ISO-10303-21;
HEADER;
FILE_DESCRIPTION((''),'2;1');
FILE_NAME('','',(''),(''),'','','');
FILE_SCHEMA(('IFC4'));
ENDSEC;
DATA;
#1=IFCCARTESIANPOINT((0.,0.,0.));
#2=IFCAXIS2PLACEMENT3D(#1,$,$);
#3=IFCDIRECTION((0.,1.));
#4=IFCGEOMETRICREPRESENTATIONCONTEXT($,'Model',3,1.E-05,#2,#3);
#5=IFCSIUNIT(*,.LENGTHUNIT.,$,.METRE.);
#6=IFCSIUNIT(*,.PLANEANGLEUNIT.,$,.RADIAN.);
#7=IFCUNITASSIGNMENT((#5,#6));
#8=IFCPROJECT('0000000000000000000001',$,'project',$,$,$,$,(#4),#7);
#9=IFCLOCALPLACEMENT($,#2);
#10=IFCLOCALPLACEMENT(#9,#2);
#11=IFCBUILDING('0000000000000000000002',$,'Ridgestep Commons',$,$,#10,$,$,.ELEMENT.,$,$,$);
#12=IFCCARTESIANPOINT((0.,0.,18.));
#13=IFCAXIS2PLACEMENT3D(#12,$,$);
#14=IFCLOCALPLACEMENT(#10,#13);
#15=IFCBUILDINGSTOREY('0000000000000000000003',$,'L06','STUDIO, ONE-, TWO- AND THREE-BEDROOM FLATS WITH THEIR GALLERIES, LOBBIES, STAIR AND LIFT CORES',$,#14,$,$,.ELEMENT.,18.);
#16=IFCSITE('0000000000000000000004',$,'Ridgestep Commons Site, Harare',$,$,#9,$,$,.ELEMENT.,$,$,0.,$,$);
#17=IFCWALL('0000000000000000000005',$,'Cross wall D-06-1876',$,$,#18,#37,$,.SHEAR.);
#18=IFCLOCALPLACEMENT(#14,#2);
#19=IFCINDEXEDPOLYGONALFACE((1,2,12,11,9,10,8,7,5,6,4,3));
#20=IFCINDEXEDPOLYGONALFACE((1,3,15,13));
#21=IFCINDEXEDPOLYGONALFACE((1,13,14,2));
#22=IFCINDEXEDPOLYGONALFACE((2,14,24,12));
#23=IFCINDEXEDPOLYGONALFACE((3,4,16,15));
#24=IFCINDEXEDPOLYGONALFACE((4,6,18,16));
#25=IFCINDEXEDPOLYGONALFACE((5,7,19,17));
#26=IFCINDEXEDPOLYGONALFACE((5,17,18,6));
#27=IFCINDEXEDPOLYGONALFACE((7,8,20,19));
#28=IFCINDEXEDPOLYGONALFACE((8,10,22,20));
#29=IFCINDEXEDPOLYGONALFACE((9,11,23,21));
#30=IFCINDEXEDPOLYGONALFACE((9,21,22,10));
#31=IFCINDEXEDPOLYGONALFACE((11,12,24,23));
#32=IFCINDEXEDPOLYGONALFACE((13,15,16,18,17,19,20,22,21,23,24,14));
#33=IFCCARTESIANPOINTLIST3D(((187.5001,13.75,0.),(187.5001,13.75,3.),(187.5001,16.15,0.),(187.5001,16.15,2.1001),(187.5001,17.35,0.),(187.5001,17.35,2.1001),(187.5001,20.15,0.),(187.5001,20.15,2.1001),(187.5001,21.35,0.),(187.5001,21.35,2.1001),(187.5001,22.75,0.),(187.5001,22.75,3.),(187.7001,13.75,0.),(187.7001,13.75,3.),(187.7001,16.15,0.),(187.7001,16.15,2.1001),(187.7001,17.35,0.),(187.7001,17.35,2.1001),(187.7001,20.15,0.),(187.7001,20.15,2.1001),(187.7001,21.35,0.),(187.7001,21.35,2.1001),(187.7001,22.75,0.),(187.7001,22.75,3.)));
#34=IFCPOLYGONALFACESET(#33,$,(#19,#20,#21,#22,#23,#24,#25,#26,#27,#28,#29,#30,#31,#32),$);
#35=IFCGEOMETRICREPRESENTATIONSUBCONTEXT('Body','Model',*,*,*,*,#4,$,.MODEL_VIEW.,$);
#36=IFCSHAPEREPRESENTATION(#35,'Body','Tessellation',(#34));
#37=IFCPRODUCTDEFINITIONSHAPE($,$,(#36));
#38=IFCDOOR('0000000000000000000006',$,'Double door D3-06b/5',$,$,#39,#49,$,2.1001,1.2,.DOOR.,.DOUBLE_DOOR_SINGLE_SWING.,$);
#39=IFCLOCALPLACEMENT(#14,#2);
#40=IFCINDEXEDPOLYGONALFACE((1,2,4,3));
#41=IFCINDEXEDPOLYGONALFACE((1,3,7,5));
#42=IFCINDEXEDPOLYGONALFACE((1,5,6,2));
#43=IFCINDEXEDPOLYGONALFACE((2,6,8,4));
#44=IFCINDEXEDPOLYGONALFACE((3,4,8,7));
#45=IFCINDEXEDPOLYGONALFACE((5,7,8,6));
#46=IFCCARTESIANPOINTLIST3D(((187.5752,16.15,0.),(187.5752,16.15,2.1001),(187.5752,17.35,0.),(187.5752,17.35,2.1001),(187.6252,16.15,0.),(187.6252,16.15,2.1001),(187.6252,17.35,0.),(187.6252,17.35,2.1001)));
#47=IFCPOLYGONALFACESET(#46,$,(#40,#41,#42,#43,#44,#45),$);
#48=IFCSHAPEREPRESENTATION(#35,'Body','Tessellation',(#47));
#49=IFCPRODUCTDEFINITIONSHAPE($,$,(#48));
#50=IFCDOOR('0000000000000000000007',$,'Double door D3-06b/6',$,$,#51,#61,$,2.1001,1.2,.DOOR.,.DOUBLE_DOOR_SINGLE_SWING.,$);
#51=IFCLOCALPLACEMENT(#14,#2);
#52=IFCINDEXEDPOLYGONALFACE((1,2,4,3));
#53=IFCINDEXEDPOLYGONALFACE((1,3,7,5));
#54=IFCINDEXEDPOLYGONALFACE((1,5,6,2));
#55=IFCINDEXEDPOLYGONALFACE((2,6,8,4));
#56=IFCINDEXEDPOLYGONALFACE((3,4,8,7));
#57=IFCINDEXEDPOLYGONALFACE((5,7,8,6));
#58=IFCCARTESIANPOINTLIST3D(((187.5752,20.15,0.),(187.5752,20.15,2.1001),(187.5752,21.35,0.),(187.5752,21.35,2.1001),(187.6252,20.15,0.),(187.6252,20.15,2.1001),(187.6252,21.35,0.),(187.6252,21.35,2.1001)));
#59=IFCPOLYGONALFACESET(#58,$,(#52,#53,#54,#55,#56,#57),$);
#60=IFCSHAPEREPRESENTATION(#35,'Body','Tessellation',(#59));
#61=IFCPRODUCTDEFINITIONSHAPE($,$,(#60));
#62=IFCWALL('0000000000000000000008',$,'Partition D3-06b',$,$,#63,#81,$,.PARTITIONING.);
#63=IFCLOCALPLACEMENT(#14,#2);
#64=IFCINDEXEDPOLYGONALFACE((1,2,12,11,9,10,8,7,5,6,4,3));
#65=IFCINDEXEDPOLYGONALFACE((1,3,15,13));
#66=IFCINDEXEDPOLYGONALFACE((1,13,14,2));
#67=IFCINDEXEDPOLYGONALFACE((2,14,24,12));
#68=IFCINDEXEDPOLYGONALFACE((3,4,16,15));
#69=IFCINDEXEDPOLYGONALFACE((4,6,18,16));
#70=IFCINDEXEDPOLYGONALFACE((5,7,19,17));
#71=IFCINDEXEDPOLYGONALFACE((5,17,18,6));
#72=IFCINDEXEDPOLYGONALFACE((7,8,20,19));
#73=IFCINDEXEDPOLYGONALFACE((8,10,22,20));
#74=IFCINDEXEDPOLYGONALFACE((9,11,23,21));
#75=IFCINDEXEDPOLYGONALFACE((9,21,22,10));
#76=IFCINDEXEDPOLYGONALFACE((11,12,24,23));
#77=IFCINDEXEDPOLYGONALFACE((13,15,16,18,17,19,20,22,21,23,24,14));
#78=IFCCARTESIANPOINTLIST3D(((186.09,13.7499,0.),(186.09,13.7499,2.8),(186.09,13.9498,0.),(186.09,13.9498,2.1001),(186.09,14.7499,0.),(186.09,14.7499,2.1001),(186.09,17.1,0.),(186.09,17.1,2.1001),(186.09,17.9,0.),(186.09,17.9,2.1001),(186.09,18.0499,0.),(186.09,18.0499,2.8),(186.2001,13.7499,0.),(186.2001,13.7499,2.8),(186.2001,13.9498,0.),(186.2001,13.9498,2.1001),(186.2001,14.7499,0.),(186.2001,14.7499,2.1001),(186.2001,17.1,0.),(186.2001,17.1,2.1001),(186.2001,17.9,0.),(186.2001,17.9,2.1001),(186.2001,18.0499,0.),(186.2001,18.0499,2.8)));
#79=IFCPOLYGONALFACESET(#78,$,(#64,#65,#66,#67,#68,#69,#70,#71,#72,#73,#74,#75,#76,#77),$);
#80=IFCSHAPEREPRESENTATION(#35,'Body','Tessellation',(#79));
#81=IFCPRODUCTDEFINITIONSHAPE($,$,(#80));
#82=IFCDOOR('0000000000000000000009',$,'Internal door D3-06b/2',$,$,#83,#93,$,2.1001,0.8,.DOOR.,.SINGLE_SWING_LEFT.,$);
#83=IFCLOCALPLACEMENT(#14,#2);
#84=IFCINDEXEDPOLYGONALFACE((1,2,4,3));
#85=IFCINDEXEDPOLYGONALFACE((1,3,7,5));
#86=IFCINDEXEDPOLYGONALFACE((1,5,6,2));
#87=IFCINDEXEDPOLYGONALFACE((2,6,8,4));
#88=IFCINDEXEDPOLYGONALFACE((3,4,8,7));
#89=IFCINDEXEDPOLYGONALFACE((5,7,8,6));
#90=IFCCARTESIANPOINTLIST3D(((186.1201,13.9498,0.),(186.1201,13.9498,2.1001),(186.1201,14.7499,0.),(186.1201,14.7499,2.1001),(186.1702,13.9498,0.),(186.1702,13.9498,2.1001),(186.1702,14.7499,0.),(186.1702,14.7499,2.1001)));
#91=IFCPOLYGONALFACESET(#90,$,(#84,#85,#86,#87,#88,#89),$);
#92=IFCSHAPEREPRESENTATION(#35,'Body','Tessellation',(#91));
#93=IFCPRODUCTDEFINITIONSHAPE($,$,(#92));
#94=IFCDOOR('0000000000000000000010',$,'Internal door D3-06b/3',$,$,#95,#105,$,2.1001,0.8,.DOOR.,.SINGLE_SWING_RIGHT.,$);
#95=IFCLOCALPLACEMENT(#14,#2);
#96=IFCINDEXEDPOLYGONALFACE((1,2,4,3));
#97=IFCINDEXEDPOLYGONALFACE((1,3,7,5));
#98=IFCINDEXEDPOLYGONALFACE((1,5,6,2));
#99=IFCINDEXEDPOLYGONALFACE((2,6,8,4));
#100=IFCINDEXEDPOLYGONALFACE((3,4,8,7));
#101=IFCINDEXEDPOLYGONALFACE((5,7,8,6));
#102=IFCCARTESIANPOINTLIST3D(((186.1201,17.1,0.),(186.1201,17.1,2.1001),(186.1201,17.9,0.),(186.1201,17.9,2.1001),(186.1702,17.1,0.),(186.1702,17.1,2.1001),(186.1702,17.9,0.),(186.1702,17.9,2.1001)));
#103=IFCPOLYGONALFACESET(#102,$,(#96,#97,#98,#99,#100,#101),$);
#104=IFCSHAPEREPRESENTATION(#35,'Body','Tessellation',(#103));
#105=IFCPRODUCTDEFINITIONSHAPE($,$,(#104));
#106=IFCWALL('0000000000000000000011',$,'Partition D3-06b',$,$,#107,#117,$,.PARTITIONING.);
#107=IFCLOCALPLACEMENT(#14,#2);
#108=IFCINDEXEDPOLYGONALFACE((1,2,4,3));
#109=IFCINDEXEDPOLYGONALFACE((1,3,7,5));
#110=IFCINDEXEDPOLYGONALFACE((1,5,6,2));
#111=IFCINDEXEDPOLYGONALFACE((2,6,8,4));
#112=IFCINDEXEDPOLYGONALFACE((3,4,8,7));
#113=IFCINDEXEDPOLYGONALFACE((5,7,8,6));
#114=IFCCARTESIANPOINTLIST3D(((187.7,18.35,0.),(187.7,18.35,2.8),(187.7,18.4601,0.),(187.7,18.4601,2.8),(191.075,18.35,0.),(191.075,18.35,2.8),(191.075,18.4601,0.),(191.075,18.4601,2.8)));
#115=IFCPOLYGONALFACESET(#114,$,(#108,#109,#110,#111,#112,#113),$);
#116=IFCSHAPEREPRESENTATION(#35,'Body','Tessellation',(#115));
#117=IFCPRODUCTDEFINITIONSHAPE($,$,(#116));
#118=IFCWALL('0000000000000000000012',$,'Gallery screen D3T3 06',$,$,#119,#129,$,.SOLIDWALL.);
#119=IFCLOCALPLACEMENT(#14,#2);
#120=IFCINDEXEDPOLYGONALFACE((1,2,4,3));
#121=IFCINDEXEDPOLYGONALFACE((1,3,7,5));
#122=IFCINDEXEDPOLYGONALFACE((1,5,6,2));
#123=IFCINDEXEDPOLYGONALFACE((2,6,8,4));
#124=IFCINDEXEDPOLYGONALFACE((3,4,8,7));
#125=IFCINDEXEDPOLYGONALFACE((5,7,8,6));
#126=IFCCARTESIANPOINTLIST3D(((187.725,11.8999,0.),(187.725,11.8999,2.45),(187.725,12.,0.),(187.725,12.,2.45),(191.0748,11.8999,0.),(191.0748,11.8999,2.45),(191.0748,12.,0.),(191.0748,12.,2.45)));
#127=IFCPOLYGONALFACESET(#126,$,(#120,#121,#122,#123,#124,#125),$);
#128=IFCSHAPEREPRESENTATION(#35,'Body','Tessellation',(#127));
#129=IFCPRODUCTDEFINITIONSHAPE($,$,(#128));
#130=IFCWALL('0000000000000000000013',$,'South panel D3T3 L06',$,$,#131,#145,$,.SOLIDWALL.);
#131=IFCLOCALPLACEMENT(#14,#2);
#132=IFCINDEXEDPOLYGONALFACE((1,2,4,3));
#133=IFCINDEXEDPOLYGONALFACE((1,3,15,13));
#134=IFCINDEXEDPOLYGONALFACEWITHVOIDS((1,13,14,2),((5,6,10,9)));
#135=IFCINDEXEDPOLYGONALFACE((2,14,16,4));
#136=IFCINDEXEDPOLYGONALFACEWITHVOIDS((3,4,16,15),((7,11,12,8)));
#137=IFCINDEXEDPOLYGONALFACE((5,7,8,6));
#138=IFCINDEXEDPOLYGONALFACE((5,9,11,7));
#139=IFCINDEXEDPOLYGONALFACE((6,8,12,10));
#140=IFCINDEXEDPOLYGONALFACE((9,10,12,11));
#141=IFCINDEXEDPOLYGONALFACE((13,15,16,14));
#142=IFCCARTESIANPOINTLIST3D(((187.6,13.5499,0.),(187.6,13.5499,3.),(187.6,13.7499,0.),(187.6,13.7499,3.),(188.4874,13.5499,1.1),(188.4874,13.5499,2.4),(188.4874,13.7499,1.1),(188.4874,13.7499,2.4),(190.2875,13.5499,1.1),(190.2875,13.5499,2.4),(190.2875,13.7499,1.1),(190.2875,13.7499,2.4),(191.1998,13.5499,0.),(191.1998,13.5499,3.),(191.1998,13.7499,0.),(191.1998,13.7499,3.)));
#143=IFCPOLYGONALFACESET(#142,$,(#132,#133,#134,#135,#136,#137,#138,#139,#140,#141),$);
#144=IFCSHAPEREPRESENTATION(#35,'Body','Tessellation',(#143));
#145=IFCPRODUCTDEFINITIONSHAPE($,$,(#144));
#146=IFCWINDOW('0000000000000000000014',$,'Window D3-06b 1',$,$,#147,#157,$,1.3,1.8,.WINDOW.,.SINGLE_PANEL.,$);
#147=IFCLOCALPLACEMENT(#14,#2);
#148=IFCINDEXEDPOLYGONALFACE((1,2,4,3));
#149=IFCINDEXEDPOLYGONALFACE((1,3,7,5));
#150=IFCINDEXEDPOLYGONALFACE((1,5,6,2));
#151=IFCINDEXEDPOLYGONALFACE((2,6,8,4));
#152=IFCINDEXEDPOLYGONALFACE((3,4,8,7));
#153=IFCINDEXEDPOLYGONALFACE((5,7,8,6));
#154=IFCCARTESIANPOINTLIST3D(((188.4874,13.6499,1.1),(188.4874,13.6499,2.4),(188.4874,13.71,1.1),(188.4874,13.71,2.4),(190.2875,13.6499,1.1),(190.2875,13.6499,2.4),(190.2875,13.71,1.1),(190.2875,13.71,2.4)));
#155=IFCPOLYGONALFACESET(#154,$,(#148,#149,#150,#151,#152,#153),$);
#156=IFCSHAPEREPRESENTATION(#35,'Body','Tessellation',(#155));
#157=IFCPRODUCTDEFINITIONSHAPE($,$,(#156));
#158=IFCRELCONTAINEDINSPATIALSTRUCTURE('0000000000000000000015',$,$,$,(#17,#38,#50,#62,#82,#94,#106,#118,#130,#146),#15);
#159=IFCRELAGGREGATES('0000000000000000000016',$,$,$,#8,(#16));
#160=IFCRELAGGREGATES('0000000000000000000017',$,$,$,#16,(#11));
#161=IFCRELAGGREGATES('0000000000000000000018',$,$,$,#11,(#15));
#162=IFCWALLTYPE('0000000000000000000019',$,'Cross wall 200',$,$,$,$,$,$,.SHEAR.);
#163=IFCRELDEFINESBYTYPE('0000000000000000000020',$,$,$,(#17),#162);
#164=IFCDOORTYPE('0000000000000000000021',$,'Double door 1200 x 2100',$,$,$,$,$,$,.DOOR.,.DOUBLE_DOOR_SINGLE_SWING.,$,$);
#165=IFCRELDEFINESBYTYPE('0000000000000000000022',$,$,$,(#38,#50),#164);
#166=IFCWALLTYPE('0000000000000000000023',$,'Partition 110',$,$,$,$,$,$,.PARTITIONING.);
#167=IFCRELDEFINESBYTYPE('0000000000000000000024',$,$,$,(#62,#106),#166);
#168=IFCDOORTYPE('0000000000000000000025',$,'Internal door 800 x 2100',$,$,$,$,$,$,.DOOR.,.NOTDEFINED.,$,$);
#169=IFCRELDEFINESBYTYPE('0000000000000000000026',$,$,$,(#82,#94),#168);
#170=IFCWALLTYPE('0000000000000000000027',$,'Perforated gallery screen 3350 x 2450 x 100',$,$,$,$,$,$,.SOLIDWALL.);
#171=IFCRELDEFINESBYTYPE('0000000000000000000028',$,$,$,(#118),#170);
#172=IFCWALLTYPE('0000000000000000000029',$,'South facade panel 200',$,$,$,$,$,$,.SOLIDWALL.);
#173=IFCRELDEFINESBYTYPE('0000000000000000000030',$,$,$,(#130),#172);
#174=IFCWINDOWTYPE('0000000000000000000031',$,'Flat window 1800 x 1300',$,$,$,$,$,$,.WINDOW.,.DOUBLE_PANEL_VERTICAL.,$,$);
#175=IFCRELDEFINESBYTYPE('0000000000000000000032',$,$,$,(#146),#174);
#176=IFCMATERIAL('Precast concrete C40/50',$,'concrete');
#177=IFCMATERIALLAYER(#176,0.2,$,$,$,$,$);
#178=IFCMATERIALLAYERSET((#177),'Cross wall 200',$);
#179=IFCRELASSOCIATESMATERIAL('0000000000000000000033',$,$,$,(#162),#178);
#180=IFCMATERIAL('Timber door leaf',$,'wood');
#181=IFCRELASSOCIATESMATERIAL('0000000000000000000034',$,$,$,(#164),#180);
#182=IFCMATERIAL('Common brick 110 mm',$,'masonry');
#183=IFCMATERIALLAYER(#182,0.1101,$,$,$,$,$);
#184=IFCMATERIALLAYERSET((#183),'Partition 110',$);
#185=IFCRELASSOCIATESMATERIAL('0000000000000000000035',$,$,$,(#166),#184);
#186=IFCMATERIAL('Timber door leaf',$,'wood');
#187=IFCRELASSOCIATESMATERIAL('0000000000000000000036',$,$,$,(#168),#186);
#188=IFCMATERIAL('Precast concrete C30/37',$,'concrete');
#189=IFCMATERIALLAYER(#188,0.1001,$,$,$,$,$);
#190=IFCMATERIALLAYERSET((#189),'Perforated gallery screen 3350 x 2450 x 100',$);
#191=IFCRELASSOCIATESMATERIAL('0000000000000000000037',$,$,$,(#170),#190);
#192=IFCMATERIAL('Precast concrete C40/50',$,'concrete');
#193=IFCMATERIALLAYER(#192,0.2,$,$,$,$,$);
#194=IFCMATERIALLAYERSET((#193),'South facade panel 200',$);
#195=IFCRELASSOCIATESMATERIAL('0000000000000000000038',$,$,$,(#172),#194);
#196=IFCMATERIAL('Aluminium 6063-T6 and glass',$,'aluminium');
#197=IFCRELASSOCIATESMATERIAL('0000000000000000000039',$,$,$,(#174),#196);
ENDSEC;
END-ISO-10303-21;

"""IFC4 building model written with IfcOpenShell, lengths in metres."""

from ifc_helpers import new_model, si_unit, direction, frame, frame_2d, origin, place, context, subcontext, project, spatial, rectangle, extrude, material, layer, layer_set, type_object, element, fill, save


model = new_model("IFC4")

# Units and contexts
model_context = context("Model", 3, precision=1e-05, world=origin(), true_north=direction((0.0, 1.0)))
body_context = subcontext(model_context, "Body", "Model", "MODEL_VIEW")
ifc_project = project(units=[si_unit("LENGTHUNIT", "METRE"), si_unit("PLANEANGLEUNIT", "RADIAN")], contexts=[model_context])

# Site, building, storey
site_placement = place(None, origin())
site = spatial("IfcSite", under=ifc_project, at=site_placement, Name="Ridgestep Commons Site, Harare", CompositionType="ELEMENT", RefElevation=0.0)
building_placement = place(site_placement, origin())
building = spatial("IfcBuilding", under=site, at=building_placement, Name="Ridgestep Commons", CompositionType="ELEMENT")
storey_placement = place(building_placement, frame((0.0, 0.0, 18.0)))
storey = spatial("IfcBuildingStorey", under=building, at=storey_placement, Name="L06", Description="STUDIO, ONE-, TWO- AND THREE-BEDROOM FLATS WITH THEIR GALLERIES, LOBBIES, STAIR AND LIFT CORES", CompositionType="ELEMENT", Elevation=18.0)

# Walls, openings, doors
ifc_material_1 = material(Name="Precast concrete C40/50", Category="concrete")
ifc_layer_1 = layer(ifc_material_1, 0.2)
ifc_layer_set_1 = layer_set([ifc_layer_1], Name="Cross wall 200")
wall_type_1 = type_object("IfcWallType", Name="Cross wall 200", PredefinedType="SHEAR", material=ifc_layer_set_1)
wall_1_placement = place(storey_placement, frame((187.6001, 13.75, 0.0), z_axis=(0.0, 0.0, 1.0), x_axis=(0.0, 1.0, 0.0)))
wall_1 = element("IfcWall", 1, at=wall_1_placement, inside=storey, type_object=wall_type_1, Name="Cross wall D-06-1876", PredefinedType="SHEAR", context=body_context, shape_type="SweptSolid", body=[
    extrude(rectangle(XDim=9.0, YDim=0.2, at=frame_2d((4.5, 0.0))), origin(), (0.0, 0.0, 1.0), 3.0),
])
opening_1_placement = place(wall_1_placement, frame((2.3999, 0.0, 0.0)))
opening_1 = element("IfcOpeningElement", 2, at=opening_1_placement, cuts=wall_1, PredefinedType="OPENING", context=body_context, shape_type="SweptSolid", body=[
    extrude(rectangle(XDim=1.2, YDim=2.1001, at=frame_2d((0.6001, 1.05))), frame((0.0, 0.1099, 0.0), z_axis=(0.0, -1.0, 0.0), x_axis=(1.0, 0.0, 0.0)), (0.0, 0.0, 1.0), 0.22),
])
opening_2_placement = place(wall_1_placement, frame((6.3999, 0.0, 0.0)))
opening_2 = element("IfcOpeningElement", 3, at=opening_2_placement, cuts=wall_1, PredefinedType="OPENING", context=body_context, shape_type="SweptSolid", body=[
    extrude(rectangle(XDim=1.2, YDim=2.1001, at=frame_2d((0.6001, 1.05))), frame((0.0, 0.1099, 0.0), z_axis=(0.0, -1.0, 0.0), x_axis=(1.0, 0.0, 0.0)), (0.0, 0.0, 1.0), 0.22),
])
ifc_material_2 = material(Name="Timber door leaf", Category="wood")
door_type_1 = type_object("IfcDoorType", Name="Double door 1200 x 2100", OperationType="DOUBLE_DOOR_SINGLE_SWING", PredefinedType="DOOR", material=ifc_material_2)
door_1_placement = place(opening_1_placement, origin())
door_1 = element("IfcDoor", 4, at=door_1_placement, inside=storey, type_object=door_type_1, Name="Double door D3-06b/5", OperationType="DOUBLE_DOOR_SINGLE_SWING", OverallHeight=2.1001, OverallWidth=1.2, PredefinedType="DOOR", context=body_context, shape_type="SweptSolid", body=[
    extrude(rectangle(XDim=1.2, YDim=2.1001, at=frame_2d((0.6001, 1.05))), frame((0.0, 0.0249, 0.0), z_axis=(0.0, -1.0, 0.0), x_axis=(1.0, 0.0, 0.0)), (0.0, 0.0, 1.0), 0.05),
])
fill(opening_1, door_1)
door_2_placement = place(opening_2_placement, origin())
door_2 = element("IfcDoor", 5, at=door_2_placement, inside=storey, type_object=door_type_1, Name="Double door D3-06b/6", OperationType="DOUBLE_DOOR_SINGLE_SWING", OverallHeight=2.1001, OverallWidth=1.2, PredefinedType="DOOR", context=body_context, shape_type="SweptSolid", body=[
    extrude(rectangle(XDim=1.2, YDim=2.1001, at=frame_2d((0.6001, 1.05))), frame((0.0, 0.0249, 0.0), z_axis=(0.0, -1.0, 0.0), x_axis=(1.0, 0.0, 0.0)), (0.0, 0.0, 1.0), 0.05),
])
fill(opening_2, door_2)
ifc_material_3 = material(Name="Common brick 110 mm", Category="masonry")
ifc_layer_2 = layer(ifc_material_3, 0.1101)
ifc_layer_set_2 = layer_set([ifc_layer_2], Name="Partition 110")
wall_type_2 = type_object("IfcWallType", Name="Partition 110", PredefinedType="PARTITIONING", material=ifc_layer_set_2)
wall_2_placement = place(storey_placement, frame((186.145, 13.75, 0.0), z_axis=(0.0, 0.0, 1.0), x_axis=(0.0, 1.0, 0.0)))
wall_2 = element("IfcWall", 6, at=wall_2_placement, inside=storey, type_object=wall_type_2, Name="Partition D3-06b", PredefinedType="PARTITIONING", context=body_context, shape_type="SweptSolid", body=[
    extrude(rectangle(XDim=4.3, YDim=0.1101, at=frame_2d((2.1499, 0.0))), origin(), (0.0, 0.0, 1.0), 2.8),
])
opening_3_placement = place(wall_2_placement, frame((0.2, 0.0, 0.0)))
opening_3 = element("IfcOpeningElement", 7, at=opening_3_placement, cuts=wall_2, PredefinedType="OPENING", context=body_context, shape_type="SweptSolid", body=[
    extrude(rectangle(XDim=0.8, YDim=2.1001, at=frame_2d((0.3999, 1.05))), frame((0.0, 0.0649, 0.0), z_axis=(0.0, -1.0, 0.0), x_axis=(1.0, 0.0, 0.0)), (0.0, 0.0, 1.0), 0.1301),
])
opening_4_placement = place(wall_2_placement, frame((3.3501, 0.0, 0.0)))
opening_4 = element("IfcOpeningElement", 8, at=opening_4_placement, cuts=wall_2, PredefinedType="OPENING", context=body_context, shape_type="SweptSolid", body=[
    extrude(rectangle(XDim=0.8, YDim=2.1001, at=frame_2d((0.3999, 1.05))), frame((0.0, 0.0649, 0.0), z_axis=(0.0, -1.0, 0.0), x_axis=(1.0, 0.0, 0.0)), (0.0, 0.0, 1.0), 0.1301),
])
ifc_material_4 = material(Name="Timber door leaf", Category="wood")
door_type_2 = type_object("IfcDoorType", Name="Internal door 800 x 2100", OperationType="NOTDEFINED", PredefinedType="DOOR", material=ifc_material_4)
door_3_placement = place(opening_3_placement, origin())
door_3 = element("IfcDoor", 9, at=door_3_placement, inside=storey, type_object=door_type_2, Name="Internal door D3-06b/2", OperationType="SINGLE_SWING_LEFT", OverallHeight=2.1001, OverallWidth=0.8, PredefinedType="DOOR", context=body_context, shape_type="SweptSolid", body=[
    extrude(rectangle(XDim=0.8, YDim=2.1001, at=frame_2d((0.3999, 1.05))), frame((0.0, 0.0249, 0.0), z_axis=(0.0, -1.0, 0.0), x_axis=(1.0, 0.0, 0.0)), (0.0, 0.0, 1.0), 0.05),
])
fill(opening_3, door_3)
door_4_placement = place(opening_4_placement, origin())
door_4 = element("IfcDoor", 10, at=door_4_placement, inside=storey, type_object=door_type_2, Name="Internal door D3-06b/3", OperationType="SINGLE_SWING_RIGHT", OverallHeight=2.1001, OverallWidth=0.8, PredefinedType="DOOR", context=body_context, shape_type="SweptSolid", body=[
    extrude(rectangle(XDim=0.8, YDim=2.1001, at=frame_2d((0.3999, 1.05))), frame((0.0, 0.0249, 0.0), z_axis=(0.0, -1.0, 0.0), x_axis=(1.0, 0.0, 0.0)), (0.0, 0.0, 1.0), 0.05),
])
fill(opening_4, door_4)

# Walls
wall_3_placement = place(storey_placement, frame((187.7, 18.405, 0.0), z_axis=(0.0, 0.0, 1.0), x_axis=(1.0, 0.0, 0.0)))
element("IfcWall", 11, at=wall_3_placement, inside=storey, type_object=wall_type_2, Name="Partition D3-06b", PredefinedType="PARTITIONING", context=body_context, shape_type="SweptSolid", body=[
    extrude(rectangle(XDim=3.375, YDim=0.1101, at=frame_2d((1.6875, 0.0))), origin(), (0.0, 0.0, 1.0), 2.8),
])
ifc_material_5 = material(Name="Precast concrete C30/37", Category="concrete")
ifc_layer_3 = layer(ifc_material_5, 0.1001)
ifc_layer_set_3 = layer_set([ifc_layer_3], Name="Perforated gallery screen 3350 x 2450 x 100")
wall_type_3 = type_object("IfcWallType", Name="Perforated gallery screen 3350 x 2450 x 100", PredefinedType="SOLIDWALL", material=ifc_layer_set_3)
wall_4_placement = place(storey_placement, frame((187.7251, 11.95, 0.0), z_axis=(0.0, 0.0, 1.0), x_axis=(1.0, 0.0, 0.0)))
element("IfcWall", 12, at=wall_4_placement, inside=storey, type_object=wall_type_3, Name="Gallery screen D3T3 06", PredefinedType="SOLIDWALL", context=body_context, shape_type="SweptSolid", body=[
    extrude(rectangle(XDim=3.3499, YDim=0.1001, at=frame_2d((1.6748, 0.0))), origin(), (0.0, 0.0, 1.0), 2.45),
])

# Wall, opening, window
ifc_material_6 = material(Name="Precast concrete C40/50", Category="concrete")
ifc_layer_4 = layer(ifc_material_6, 0.2)
ifc_layer_set_4 = layer_set([ifc_layer_4], Name="South facade panel 200")
wall_type_4 = type_object("IfcWallType", Name="South facade panel 200", PredefinedType="SOLIDWALL", material=ifc_layer_set_4)
wall_5_placement = place(storey_placement, frame((187.6001, 13.6499, 0.0), z_axis=(0.0, 0.0, 1.0), x_axis=(1.0, 0.0, 0.0)))
wall_5 = element("IfcWall", 13, at=wall_5_placement, inside=storey, type_object=wall_type_4, Name="South panel D3T3 L06", PredefinedType="SOLIDWALL", context=body_context, shape_type="SweptSolid", body=[
    extrude(rectangle(XDim=3.5999, YDim=0.2, at=frame_2d((1.7998, 0.0))), origin(), (0.0, 0.0, 1.0), 3.0),
])
opening_5_placement = place(wall_5_placement, frame((0.8875, 0.0, 1.1001)))
opening_5 = element("IfcOpeningElement", 14, at=opening_5_placement, cuts=wall_5, PredefinedType="OPENING", context=body_context, shape_type="SweptSolid", body=[
    extrude(rectangle(XDim=1.8, YDim=1.3, at=frame_2d((0.8999, 0.6499))), frame((0.0, 0.1099, 0.0), z_axis=(0.0, -1.0, 0.0), x_axis=(1.0, 0.0, 0.0)), (0.0, 0.0, 1.0), 0.22),
])
ifc_material_7 = material(Name="Aluminium 6063-T6 and glass", Category="aluminium")
window_type = type_object("IfcWindowType", Name="Flat window 1800 x 1300", PartitioningType="DOUBLE_PANEL_VERTICAL", PredefinedType="WINDOW", material=ifc_material_7)
window_placement = place(opening_5_placement, origin())
window = element("IfcWindow", 15, at=window_placement, inside=storey, type_object=window_type, Name="Window D3-06b 1", OverallHeight=1.3, OverallWidth=1.8, PartitioningType="SINGLE_PANEL", PredefinedType="WINDOW", context=body_context, shape_type="SweptSolid", body=[
    extrude(rectangle(XDim=1.8, YDim=1.3, at=frame_2d((0.8999, 0.6499))), frame((0.0, 0.0601, 0.0), z_axis=(0.0, -1.0, 0.0), x_axis=(1.0, 0.0, 0.0)), (0.0, 0.0, 1.0), 0.0601),
])
fill(opening_5, window)

save(model, "model.ifc")
